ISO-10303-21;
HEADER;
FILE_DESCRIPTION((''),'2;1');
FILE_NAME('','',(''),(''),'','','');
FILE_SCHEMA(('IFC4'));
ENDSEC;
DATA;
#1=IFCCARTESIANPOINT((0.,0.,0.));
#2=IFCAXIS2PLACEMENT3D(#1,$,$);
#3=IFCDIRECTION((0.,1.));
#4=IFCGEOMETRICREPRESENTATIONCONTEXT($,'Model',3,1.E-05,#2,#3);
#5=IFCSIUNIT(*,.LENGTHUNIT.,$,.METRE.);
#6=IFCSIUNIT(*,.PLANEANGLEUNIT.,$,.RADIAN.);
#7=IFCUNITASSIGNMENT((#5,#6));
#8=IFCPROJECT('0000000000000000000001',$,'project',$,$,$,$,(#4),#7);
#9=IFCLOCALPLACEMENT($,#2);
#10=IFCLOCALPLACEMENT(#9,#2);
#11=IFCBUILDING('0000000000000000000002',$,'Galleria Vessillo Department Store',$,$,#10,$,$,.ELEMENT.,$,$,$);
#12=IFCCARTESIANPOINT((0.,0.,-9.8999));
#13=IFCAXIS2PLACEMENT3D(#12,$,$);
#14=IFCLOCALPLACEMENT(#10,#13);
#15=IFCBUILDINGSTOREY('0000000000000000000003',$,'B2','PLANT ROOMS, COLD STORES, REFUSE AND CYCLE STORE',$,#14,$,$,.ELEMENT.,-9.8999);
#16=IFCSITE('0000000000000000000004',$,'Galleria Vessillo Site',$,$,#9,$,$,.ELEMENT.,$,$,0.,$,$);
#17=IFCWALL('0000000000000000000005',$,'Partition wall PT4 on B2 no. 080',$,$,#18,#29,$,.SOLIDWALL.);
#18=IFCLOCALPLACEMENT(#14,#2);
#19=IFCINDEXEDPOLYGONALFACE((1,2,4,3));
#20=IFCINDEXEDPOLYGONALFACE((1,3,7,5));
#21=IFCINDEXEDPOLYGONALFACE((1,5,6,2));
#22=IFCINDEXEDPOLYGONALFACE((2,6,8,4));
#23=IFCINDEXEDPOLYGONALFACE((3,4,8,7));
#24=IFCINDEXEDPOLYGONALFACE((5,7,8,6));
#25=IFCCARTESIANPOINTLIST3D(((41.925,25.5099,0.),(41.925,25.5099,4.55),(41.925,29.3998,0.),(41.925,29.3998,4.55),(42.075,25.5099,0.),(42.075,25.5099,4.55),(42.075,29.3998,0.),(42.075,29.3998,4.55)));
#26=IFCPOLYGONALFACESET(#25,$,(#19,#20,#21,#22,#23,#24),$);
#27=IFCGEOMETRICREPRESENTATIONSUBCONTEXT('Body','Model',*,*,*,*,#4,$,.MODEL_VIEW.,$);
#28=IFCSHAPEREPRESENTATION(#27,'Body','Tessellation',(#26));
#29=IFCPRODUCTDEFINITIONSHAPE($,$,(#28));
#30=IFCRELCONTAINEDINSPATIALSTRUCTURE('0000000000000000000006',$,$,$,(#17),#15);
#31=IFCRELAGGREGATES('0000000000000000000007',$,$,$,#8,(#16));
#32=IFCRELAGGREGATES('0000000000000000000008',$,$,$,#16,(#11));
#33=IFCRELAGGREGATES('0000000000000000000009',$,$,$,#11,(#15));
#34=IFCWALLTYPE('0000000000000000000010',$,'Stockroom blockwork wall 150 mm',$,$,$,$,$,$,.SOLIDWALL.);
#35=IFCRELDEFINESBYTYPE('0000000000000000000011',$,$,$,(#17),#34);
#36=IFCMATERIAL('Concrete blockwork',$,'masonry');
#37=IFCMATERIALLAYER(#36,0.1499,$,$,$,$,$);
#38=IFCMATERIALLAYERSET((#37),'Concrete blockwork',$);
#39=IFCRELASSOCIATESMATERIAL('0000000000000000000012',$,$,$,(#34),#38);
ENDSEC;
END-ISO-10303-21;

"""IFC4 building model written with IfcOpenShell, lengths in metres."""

from ifc_helpers import new_model, si_unit, direction, frame, frame_2d, origin, place, context, subcontext, project, spatial, rectangle, extrude, material, layer, layer_set, type_object, element, save


model = new_model("IFC4")

# Units and contexts
model_context = context("Model", 3, precision=1e-05, world=origin(), true_north=direction((0.0, 1.0)))
body_context = subcontext(model_context, "Body", "Model", "MODEL_VIEW")
ifc_project = project(units=[si_unit("LENGTHUNIT", "METRE"), si_unit("PLANEANGLEUNIT", "RADIAN")], contexts=[model_context])

# Site, building, storey
site_placement = place(None, origin())
site = spatial("IfcSite", under=ifc_project, at=site_placement, Name="Galleria Vessillo Site", CompositionType="ELEMENT", RefElevation=0.0)
building_placement = place(site_placement, origin())
building = spatial("IfcBuilding", under=site, at=building_placement, Name="Galleria Vessillo Department Store", CompositionType="ELEMENT")
storey_placement = place(building_placement, frame((0.0, 0.0, -9.8999)))
storey = spatial("IfcBuildingStorey", under=building, at=storey_placement, Name="B2", Description="PLANT ROOMS, COLD STORES, REFUSE AND CYCLE STORE", CompositionType="ELEMENT", Elevation=-9.8999)

# Shared definitions
ifc_material_1 = material(Name="Concrete blockwork", Category="masonry")
ifc_layer_1 = layer(ifc_material_1, 0.1499)
ifc_layer_set_1 = layer_set([ifc_layer_1], Name="Concrete blockwork")
wall_type_1 = type_object("IfcWallType", Name="Stockroom blockwork wall 150 mm", PredefinedType="SOLIDWALL", material=ifc_layer_set_1)

# Wall
wall_1_placement = place(storey_placement, frame((42.0, 25.51, 0.0), z_axis=(0.0, 0.0, 1.0), x_axis=(0.0, 1.0, 0.0)))
element("IfcWall", 1, at=wall_1_placement, inside=storey, type_object=wall_type_1, Name="Partition wall PT4 on B2 no. 080", PredefinedType="SOLIDWALL", context=body_context, shape_type="SweptSolid", body=[
    extrude(rectangle(XDim=3.8899, YDim=0.1499, at=frame_2d((1.9448, 0.0))), origin(), (0.0, 0.0, 1.0), 4.55),
])

save(model, "model.ifc")
